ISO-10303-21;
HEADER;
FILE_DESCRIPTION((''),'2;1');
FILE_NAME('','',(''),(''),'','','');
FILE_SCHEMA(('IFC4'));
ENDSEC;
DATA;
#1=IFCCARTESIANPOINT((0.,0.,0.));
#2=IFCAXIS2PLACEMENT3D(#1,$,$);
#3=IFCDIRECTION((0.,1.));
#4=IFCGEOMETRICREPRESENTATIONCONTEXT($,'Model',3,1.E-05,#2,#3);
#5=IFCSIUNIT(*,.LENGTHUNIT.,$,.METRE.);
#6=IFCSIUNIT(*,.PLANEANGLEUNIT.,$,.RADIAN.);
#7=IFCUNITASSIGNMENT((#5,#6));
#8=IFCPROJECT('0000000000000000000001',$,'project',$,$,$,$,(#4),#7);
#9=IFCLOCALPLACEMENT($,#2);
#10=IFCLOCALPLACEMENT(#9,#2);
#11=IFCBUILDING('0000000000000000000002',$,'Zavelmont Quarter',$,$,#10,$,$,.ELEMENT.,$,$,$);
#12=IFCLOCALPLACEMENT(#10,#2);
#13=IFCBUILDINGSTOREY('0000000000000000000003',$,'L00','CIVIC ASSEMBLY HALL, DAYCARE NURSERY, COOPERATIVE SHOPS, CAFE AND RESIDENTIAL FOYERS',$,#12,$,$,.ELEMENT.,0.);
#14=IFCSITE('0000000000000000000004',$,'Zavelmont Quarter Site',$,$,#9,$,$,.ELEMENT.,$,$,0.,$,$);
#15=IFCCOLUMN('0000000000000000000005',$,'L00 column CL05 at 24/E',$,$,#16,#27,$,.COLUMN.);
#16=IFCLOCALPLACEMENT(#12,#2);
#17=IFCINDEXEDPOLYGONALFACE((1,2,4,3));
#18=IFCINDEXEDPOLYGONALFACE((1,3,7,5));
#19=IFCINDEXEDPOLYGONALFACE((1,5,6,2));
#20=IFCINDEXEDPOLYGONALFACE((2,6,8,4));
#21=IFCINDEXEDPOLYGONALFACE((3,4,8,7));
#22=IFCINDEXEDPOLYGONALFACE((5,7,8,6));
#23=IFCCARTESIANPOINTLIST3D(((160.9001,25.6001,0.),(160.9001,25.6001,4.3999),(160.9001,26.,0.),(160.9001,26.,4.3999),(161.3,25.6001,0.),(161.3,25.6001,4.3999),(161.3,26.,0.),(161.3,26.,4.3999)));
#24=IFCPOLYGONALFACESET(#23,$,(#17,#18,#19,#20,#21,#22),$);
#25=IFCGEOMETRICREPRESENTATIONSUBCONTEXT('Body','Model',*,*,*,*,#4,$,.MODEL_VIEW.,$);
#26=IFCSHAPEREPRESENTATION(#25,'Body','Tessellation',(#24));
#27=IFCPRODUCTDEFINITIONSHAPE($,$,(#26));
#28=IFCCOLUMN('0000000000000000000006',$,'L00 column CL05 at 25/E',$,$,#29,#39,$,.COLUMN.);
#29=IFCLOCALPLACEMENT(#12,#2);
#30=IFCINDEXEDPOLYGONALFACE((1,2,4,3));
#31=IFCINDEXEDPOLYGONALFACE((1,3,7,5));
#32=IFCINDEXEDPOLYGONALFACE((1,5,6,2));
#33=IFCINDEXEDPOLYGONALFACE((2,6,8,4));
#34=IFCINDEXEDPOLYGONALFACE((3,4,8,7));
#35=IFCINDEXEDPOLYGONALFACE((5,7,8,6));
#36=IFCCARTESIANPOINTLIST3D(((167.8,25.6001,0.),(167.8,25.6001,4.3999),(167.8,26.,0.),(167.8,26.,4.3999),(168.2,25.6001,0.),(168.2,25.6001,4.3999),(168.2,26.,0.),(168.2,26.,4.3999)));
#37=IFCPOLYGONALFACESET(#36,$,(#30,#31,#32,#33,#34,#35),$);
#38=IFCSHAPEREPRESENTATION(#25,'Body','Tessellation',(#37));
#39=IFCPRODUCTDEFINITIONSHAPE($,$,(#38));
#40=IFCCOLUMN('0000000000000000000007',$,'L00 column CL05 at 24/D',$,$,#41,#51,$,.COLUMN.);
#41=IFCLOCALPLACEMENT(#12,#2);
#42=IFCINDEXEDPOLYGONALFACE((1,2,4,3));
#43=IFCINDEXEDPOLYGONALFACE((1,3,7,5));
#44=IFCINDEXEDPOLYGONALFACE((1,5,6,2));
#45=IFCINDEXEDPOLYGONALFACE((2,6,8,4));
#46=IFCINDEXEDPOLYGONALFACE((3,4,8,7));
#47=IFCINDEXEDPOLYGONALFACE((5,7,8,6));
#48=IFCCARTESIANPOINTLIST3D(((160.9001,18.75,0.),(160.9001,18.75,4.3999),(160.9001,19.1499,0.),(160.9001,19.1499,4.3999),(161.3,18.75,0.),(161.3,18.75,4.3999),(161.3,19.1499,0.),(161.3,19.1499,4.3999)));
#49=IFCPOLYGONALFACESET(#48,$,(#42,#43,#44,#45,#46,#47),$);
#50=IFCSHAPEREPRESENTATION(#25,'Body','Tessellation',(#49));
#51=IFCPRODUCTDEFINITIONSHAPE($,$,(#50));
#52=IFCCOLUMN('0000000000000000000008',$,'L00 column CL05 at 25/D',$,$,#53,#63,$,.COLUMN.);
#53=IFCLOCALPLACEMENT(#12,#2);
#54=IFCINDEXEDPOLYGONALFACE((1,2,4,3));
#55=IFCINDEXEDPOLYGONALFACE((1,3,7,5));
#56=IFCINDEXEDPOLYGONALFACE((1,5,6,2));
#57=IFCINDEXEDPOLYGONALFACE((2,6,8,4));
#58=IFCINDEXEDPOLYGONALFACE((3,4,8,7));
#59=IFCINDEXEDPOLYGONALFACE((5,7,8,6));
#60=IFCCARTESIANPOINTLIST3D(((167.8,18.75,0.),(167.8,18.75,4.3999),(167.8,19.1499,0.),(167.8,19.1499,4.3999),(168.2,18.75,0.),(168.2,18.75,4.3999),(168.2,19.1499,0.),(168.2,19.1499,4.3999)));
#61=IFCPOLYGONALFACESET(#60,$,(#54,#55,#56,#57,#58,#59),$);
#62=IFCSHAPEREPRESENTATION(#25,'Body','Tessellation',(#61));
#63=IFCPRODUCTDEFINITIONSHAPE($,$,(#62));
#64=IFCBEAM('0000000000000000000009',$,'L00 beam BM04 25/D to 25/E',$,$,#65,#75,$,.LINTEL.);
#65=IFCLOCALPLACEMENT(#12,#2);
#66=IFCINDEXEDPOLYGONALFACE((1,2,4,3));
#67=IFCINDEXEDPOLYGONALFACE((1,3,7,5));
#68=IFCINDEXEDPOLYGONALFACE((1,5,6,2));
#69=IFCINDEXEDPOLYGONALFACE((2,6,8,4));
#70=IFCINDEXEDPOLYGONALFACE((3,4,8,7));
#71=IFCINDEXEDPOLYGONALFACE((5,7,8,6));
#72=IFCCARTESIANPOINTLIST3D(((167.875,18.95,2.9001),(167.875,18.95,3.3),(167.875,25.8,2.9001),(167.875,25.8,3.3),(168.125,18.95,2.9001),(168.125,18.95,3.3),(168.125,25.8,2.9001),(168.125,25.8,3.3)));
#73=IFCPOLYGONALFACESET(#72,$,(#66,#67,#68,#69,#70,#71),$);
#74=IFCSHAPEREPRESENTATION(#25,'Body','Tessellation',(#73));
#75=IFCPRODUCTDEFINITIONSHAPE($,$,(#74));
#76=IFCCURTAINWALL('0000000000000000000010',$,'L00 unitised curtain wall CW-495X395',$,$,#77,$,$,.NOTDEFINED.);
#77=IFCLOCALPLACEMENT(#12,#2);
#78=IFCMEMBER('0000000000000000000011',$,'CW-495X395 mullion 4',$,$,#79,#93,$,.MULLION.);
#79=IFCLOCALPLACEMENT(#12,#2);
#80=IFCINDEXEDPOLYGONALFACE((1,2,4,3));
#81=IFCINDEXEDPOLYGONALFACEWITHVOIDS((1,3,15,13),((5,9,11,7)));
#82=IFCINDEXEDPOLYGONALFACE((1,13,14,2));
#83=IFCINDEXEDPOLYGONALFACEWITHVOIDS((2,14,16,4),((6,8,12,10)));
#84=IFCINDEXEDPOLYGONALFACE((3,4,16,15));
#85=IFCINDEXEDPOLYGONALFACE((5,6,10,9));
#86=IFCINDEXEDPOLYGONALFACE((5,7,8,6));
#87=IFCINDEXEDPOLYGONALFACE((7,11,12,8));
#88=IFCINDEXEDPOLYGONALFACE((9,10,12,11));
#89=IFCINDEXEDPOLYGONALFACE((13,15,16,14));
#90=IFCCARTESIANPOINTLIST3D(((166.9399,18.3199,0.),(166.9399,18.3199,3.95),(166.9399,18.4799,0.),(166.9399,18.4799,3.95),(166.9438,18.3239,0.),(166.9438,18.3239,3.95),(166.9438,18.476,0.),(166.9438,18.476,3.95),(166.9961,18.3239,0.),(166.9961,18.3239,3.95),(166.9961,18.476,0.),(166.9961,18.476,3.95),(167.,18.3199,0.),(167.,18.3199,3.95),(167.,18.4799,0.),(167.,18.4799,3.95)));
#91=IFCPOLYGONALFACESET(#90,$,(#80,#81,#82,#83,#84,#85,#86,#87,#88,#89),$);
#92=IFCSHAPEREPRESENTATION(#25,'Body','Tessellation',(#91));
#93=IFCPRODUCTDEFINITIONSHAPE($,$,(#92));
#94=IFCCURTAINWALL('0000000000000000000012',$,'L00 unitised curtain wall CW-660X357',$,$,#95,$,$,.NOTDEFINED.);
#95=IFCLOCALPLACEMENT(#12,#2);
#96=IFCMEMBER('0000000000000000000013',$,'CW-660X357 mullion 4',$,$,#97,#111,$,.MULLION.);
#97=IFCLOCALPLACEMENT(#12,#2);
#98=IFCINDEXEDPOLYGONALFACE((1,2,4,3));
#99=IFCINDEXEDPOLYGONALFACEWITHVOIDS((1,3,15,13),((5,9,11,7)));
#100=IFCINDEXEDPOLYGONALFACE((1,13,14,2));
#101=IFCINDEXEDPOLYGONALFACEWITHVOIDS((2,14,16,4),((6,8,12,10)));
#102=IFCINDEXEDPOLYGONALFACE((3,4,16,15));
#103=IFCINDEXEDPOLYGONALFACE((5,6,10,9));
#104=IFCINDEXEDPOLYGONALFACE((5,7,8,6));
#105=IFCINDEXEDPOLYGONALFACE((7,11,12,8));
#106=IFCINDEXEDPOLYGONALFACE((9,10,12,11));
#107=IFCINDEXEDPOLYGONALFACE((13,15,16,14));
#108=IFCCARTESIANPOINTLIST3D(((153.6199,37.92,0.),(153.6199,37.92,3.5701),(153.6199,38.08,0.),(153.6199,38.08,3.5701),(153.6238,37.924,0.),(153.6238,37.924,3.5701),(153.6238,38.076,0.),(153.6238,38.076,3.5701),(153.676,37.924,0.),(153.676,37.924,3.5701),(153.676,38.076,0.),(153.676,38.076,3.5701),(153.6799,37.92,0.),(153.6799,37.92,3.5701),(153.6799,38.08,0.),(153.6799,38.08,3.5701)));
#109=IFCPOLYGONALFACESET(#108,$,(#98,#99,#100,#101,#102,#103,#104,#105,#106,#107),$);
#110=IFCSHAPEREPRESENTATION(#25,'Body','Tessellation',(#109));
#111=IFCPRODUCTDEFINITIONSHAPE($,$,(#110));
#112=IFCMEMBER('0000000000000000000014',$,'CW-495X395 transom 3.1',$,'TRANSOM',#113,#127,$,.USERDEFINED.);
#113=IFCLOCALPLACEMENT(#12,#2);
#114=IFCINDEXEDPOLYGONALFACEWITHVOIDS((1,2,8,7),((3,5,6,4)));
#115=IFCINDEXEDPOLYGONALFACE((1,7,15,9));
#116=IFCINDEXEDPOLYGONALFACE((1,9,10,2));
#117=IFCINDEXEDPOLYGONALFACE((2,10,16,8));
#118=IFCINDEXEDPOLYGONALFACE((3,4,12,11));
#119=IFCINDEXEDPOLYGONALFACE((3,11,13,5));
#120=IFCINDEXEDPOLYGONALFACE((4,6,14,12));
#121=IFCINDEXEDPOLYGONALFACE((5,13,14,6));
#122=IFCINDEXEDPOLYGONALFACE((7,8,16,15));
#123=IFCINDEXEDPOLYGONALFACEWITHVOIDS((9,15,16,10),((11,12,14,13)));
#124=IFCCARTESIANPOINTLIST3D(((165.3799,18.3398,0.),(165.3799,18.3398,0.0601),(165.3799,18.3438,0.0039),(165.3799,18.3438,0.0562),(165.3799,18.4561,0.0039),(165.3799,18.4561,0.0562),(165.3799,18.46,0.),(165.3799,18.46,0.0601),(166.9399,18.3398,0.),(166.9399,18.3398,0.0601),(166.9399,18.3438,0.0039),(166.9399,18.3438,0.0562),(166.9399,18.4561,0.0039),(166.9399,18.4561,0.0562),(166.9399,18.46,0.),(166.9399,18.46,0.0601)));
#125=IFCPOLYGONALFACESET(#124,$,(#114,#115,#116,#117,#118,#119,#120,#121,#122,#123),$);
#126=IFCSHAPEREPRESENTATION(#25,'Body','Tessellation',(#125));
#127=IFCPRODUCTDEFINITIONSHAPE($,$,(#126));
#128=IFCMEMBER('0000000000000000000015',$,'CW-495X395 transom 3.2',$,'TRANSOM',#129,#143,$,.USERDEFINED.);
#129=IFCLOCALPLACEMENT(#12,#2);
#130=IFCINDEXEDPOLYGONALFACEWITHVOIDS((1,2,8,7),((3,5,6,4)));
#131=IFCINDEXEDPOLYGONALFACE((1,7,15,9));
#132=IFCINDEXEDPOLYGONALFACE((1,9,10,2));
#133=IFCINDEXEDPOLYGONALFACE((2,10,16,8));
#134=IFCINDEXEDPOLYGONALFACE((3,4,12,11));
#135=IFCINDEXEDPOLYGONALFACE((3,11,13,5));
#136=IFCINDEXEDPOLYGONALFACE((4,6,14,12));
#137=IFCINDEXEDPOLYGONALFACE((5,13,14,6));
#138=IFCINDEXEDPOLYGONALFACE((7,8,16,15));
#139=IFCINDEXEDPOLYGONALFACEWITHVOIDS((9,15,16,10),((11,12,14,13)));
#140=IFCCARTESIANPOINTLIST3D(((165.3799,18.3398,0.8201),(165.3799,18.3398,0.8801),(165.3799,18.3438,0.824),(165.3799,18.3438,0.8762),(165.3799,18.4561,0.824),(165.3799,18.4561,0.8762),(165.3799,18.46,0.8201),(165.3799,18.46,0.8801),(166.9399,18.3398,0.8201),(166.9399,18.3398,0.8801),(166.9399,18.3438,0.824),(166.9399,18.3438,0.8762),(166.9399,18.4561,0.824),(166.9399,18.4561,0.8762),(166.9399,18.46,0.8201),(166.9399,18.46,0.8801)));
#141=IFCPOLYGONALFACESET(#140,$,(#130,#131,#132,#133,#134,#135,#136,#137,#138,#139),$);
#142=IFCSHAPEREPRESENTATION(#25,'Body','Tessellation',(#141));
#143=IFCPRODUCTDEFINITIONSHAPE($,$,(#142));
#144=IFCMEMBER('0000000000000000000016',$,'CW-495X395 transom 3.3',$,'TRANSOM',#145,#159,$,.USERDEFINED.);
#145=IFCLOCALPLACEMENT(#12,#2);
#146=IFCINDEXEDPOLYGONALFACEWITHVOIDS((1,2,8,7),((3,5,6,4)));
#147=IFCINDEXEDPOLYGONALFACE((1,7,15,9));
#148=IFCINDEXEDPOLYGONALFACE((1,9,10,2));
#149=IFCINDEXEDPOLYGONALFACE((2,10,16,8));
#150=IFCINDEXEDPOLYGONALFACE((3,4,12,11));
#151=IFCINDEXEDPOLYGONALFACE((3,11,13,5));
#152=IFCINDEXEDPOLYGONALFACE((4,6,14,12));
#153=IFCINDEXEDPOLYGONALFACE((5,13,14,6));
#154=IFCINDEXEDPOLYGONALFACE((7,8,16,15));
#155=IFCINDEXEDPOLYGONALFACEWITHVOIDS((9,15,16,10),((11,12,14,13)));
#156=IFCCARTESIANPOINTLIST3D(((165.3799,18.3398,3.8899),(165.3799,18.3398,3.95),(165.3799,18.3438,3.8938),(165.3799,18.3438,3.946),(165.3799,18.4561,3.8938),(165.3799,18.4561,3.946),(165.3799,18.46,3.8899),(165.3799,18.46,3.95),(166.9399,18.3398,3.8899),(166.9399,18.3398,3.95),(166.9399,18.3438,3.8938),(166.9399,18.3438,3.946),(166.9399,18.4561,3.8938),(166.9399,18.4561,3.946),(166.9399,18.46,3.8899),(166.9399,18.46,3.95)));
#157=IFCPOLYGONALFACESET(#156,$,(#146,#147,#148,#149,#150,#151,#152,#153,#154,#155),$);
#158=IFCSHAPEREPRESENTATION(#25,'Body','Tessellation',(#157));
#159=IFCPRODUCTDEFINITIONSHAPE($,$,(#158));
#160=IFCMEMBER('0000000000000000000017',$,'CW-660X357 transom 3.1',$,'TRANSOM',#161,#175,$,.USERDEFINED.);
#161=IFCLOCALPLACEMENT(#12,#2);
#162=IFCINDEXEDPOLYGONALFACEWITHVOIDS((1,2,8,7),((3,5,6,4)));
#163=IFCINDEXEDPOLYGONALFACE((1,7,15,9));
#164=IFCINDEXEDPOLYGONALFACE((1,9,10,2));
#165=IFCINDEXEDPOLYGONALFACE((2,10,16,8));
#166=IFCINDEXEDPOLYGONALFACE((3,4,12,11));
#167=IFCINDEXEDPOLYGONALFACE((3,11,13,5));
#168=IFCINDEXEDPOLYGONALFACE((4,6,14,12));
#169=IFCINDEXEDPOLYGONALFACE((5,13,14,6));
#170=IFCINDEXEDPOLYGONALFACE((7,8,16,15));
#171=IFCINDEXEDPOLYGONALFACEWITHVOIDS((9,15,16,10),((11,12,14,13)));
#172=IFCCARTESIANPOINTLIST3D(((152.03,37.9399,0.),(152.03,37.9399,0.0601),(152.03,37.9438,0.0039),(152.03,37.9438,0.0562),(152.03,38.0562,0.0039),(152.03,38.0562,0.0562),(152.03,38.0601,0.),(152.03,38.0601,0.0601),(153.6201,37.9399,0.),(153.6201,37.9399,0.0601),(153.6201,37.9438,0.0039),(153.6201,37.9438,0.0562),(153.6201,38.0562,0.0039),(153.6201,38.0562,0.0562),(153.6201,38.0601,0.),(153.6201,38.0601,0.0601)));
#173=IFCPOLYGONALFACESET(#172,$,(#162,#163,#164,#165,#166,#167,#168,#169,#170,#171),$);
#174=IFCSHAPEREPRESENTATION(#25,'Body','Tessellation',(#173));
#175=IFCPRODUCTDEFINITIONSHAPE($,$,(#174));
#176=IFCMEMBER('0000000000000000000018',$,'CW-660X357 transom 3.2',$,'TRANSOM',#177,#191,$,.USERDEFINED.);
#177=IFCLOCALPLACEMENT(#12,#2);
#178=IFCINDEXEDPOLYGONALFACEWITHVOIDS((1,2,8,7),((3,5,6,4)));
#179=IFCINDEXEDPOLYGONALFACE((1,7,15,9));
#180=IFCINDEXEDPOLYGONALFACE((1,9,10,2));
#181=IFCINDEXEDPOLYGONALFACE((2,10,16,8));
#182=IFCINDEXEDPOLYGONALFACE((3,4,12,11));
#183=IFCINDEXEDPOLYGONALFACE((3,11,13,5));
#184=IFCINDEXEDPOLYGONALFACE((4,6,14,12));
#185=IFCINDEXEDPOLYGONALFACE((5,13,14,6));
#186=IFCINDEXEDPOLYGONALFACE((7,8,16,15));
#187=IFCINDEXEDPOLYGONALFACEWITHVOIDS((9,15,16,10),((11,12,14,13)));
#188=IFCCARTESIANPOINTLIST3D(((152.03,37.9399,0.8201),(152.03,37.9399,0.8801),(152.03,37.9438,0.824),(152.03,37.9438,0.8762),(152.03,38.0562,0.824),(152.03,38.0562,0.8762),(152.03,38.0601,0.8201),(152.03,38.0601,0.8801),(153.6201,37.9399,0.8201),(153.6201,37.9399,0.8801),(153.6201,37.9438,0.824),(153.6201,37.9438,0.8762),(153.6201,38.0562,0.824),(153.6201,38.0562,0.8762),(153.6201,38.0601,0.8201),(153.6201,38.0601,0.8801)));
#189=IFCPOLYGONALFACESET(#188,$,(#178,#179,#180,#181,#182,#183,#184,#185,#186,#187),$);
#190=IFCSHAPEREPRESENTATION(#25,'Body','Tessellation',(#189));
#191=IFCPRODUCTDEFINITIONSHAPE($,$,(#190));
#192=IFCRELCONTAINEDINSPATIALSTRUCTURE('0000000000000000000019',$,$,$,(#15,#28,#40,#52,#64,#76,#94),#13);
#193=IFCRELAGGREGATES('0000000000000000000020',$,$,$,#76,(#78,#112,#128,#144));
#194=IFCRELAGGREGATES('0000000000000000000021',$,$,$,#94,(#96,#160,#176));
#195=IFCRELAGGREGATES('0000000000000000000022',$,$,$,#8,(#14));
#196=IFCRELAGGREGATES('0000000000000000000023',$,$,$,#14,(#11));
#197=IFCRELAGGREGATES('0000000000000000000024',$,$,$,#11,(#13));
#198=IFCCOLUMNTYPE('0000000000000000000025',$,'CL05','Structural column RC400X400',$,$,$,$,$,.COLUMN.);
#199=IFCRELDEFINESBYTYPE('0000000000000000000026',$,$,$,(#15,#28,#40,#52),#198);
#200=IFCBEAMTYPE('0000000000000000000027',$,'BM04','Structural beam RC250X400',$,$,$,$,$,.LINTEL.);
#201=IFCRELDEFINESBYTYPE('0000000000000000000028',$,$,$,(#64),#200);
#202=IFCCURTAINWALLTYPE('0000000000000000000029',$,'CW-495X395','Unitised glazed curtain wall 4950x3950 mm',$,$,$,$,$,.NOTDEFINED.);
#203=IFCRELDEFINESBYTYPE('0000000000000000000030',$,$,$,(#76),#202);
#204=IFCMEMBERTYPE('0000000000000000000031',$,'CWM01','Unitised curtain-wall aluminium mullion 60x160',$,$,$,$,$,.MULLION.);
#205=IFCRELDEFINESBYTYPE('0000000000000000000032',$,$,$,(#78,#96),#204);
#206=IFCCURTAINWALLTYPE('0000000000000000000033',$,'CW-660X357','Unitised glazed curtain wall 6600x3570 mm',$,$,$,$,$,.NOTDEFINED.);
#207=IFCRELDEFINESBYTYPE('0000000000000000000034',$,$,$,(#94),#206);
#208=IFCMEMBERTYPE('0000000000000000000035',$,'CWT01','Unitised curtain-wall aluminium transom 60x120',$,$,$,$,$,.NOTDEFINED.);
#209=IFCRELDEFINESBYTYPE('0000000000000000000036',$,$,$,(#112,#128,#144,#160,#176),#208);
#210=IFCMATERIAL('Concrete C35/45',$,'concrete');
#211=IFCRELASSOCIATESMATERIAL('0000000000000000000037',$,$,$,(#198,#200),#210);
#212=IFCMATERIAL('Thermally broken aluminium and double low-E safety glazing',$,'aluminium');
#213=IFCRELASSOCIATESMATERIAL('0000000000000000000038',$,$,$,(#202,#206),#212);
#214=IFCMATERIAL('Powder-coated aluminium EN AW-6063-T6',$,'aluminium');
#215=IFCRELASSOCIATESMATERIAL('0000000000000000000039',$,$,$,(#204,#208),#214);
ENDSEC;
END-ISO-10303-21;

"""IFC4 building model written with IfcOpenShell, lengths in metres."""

from ifc_helpers import new_model, si_unit, direction, frame, origin, origin_2d, place, context, subcontext, project, spatial, rectangle, hollow_rectangle, extrude, material, material_profile, profile_set, type_object, element, aggregate, save


model = new_model("IFC4")

# Units and contexts
model_context = context("Model", 3, precision=1e-05, world=origin(), true_north=direction((0.0, 1.0)))
body_context = subcontext(model_context, "Body", "Model", "MODEL_VIEW")
ifc_project = project(units=[si_unit("LENGTHUNIT", "METRE"), si_unit("PLANEANGLEUNIT", "RADIAN")], contexts=[model_context])

# Site, building, storey
site_placement = place(None, origin())
site = spatial("IfcSite", under=ifc_project, at=site_placement, Name="Zavelmont Quarter Site", CompositionType="ELEMENT", RefElevation=0.0)
building_placement = place(site_placement, origin())
building = spatial("IfcBuilding", under=site, at=building_placement, Name="Zavelmont Quarter", CompositionType="ELEMENT")
storey_placement = place(building_placement, origin())
storey = spatial("IfcBuildingStorey", under=building, at=storey_placement, Name="L00", Description="CIVIC ASSEMBLY HALL, DAYCARE NURSERY, COOPERATIVE SHOPS, CAFE AND RESIDENTIAL FOYERS", CompositionType="ELEMENT", Elevation=0.0)

# Columns
ifc_material_1 = material(Name="Concrete C35/45", Category="concrete")
ifc_material_profile_1 = material_profile(ifc_material_1, rectangle(XDim=0.3999, YDim=0.3999, at=origin_2d()), Name="RC400X400")
ifc_profile_set_1 = profile_set([ifc_material_profile_1], Name="Concrete C35/45")
column_type = type_object("IfcColumnType", Name="CL05", Description="Structural column RC400X400", PredefinedType="COLUMN", material=ifc_profile_set_1)
for number, where, z_axis, x_axis, name in (
    (1, (161.1001, 25.8, 0.0), (0.0, 0.0, 1.0), (1.0, 0.0, 0.0), "L00 column CL05 at 24/E"),
    (2, (168.0, 25.8, 0.0), (0.0, 0.0, 1.0), (1.0, 0.0, 0.0), "L00 column CL05 at 25/E"),
    (3, (161.1001, 18.95, 0.0), (0.0, 0.0, 1.0), (1.0, 0.0, 0.0), "L00 column CL05 at 24/D"),
    (4, (168.0, 18.95, 0.0), (0.0, 0.0, 1.0), (1.0, 0.0, 0.0), "L00 column CL05 at 25/D"),
):
    element("IfcColumn", number, at=place(storey_placement, frame(where, z_axis=z_axis, x_axis=x_axis)), inside=storey, type_object=column_type, Name=name, PredefinedType="COLUMN", context=body_context, shape_type="SweptSolid", body=[
        extrude(rectangle(XDim=0.3999, YDim=0.3999, at=origin_2d()), origin(), (0.0, 0.0, 1.0), 4.3999),
    ])

# Beam
ifc_material_profile_2 = material_profile(ifc_material_1, rectangle(XDim=0.25, YDim=0.3999, at=origin_2d()), Name="RC250X400")
ifc_profile_set_2 = profile_set([ifc_material_profile_2], Name="Concrete C35/45")
beam_type = type_object("IfcBeamType", Name="BM04", Description="Structural beam RC250X400", PredefinedType="LINTEL", material=ifc_profile_set_2)
beam_placement = place(storey_placement, frame((168.0, 18.95, 3.1001), z_axis=(0.0, 1.0, 0.0), x_axis=(-1.0, 0.0, 0.0)))
element("IfcBeam", 5, at=beam_placement, inside=storey, type_object=beam_type, Name="L00 beam BM04 25/D to 25/E", PredefinedType="LINTEL", context=body_context, shape_type="SweptSolid", body=[
    extrude(rectangle(XDim=0.25, YDim=0.3999, at=origin_2d()), origin(), (0.0, 0.0, 1.0), 6.8501),
])

# Curtain walls, members
ifc_material_2 = material(Name="Thermally broken aluminium and double low-E safety glazing", Category="aluminium")
curtain_wall_type_1 = type_object("IfcCurtainWallType", Name="CW-495X395", Description="Unitised glazed curtain wall 4950x3950 mm", PredefinedType="NOTDEFINED", material=ifc_material_2)
curtain_wall_1_placement = place(storey_placement, origin())
curtain_wall_1 = element("IfcCurtainWall", 6, at=curtain_wall_1_placement, inside=storey, type_object=curtain_wall_type_1, Name="L00 unitised curtain wall CW-495X395", PredefinedType="NOTDEFINED")
ifc_material_3 = material(Name="Powder-coated aluminium EN AW-6063-T6", Category="aluminium")
ifc_material_profile_3 = material_profile(ifc_material_3, hollow_rectangle(XDim=0.0601, YDim=0.1599, WallThickness=0.0039, at=origin_2d()), Name="CWM60X160")
ifc_profile_set_3 = profile_set([ifc_material_profile_3], Name="Powder-coated aluminium EN AW-6063-T6")
member_type_1 = type_object("IfcMemberType", Name="CWM01", Description="Unitised curtain-wall aluminium mullion 60x160", PredefinedType="MULLION", material=ifc_profile_set_3)
member_1_placement = place(storey_placement, frame((166.97, 18.3999, 0.0), z_axis=(0.0, 0.0, 1.0), x_axis=(1.0, 0.0, 0.0)))
member_1 = element("IfcMember", 7, at=member_1_placement, type_object=member_type_1, Name="CW-495X395 mullion 4", PredefinedType="MULLION", context=body_context, shape_type="SweptSolid", body=[
    extrude(hollow_rectangle(XDim=0.0601, YDim=0.1599, WallThickness=0.0039, at=origin_2d()), origin(), (0.0, 0.0, 1.0), 3.95),
])
curtain_wall_type_2 = type_object("IfcCurtainWallType", Name="CW-660X357", Description="Unitised glazed curtain wall 6600x3570 mm", PredefinedType="NOTDEFINED", material=ifc_material_2)
curtain_wall_2_placement = place(storey_placement, origin())
curtain_wall_2 = element("IfcCurtainWall", 8, at=curtain_wall_2_placement, inside=storey, type_object=curtain_wall_type_2, Name="L00 unitised curtain wall CW-660X357", PredefinedType="NOTDEFINED")
member_2_placement = place(storey_placement, frame((153.6499, 38.0, 0.0), z_axis=(0.0, 0.0, 1.0), x_axis=(1.0, 0.0, 0.0)))
member_2 = element("IfcMember", 9, at=member_2_placement, type_object=member_type_1, Name="CW-660X357 mullion 4", PredefinedType="MULLION", context=body_context, shape_type="SweptSolid", body=[
    extrude(hollow_rectangle(XDim=0.0601, YDim=0.1599, WallThickness=0.0039, at=origin_2d()), origin(), (0.0, 0.0, 1.0), 3.5701),
])

# Members
ifc_material_profile_4 = material_profile(ifc_material_3, hollow_rectangle(XDim=0.1201, YDim=0.0601, WallThickness=0.0039, at=origin_2d()), Name="CWT60X120")
ifc_profile_set_4 = profile_set([ifc_material_profile_4], Name="Powder-coated aluminium EN AW-6063-T6")
member_type_2 = type_object("IfcMemberType", Name="CWT01", Description="Unitised curtain-wall aluminium transom 60x120", PredefinedType="NOTDEFINED", material=ifc_profile_set_4)
member_3_placement = place(storey_placement, frame((165.3799, 18.3999, 0.03), z_axis=(1.0, 0.0, 0.0), x_axis=(0.0, 1.0, 0.0)))
member_3 = element("IfcMember", 10, at=member_3_placement, type_object=member_type_2, Name="CW-495X395 transom 3.1", ObjectType="TRANSOM", PredefinedType="USERDEFINED", context=body_context, shape_type="SweptSolid", body=[
    extrude(hollow_rectangle(XDim=0.1201, YDim=0.0601, WallThickness=0.0039, at=origin_2d()), origin(), (0.0, 0.0, 1.0), 1.5601),
])
member_4_placement = place(storey_placement, frame((165.3799, 18.3999, 0.8501), z_axis=(1.0, 0.0, 0.0), x_axis=(0.0, 1.0, 0.0)))
member_4 = element("IfcMember", 11, at=member_4_placement, type_object=member_type_2, Name="CW-495X395 transom 3.2", ObjectType="TRANSOM", PredefinedType="USERDEFINED", context=body_context, shape_type="SweptSolid", body=[
    extrude(hollow_rectangle(XDim=0.1201, YDim=0.0601, WallThickness=0.0039, at=origin_2d()), origin(), (0.0, 0.0, 1.0), 1.5601),
])
member_5_placement = place(storey_placement, frame((165.3799, 18.3999, 3.9199), z_axis=(1.0, 0.0, 0.0), x_axis=(0.0, 1.0, 0.0)))
member_5 = element("IfcMember", 12, at=member_5_placement, type_object=member_type_2, Name="CW-495X395 transom 3.3", ObjectType="TRANSOM", PredefinedType="USERDEFINED", context=body_context, shape_type="SweptSolid", body=[
    extrude(hollow_rectangle(XDim=0.1201, YDim=0.0601, WallThickness=0.0039, at=origin_2d()), origin(), (0.0, 0.0, 1.0), 1.5601),
])
member_6_placement = place(storey_placement, frame((152.03, 38.0, 0.03), z_axis=(1.0, 0.0, 0.0), x_axis=(0.0, 1.0, 0.0)))
member_6 = element("IfcMember", 13, at=member_6_placement, type_object=member_type_2, Name="CW-660X357 transom 3.1", ObjectType="TRANSOM", PredefinedType="USERDEFINED", context=body_context, shape_type="SweptSolid", body=[
    extrude(hollow_rectangle(XDim=0.1201, YDim=0.0601, WallThickness=0.0039, at=origin_2d()), origin(), (0.0, 0.0, 1.0), 1.5901),
])
member_7_placement = place(storey_placement, frame((152.03, 38.0, 0.8501), z_axis=(1.0, 0.0, 0.0), x_axis=(0.0, 1.0, 0.0)))
member_7 = element("IfcMember", 14, at=member_7_placement, type_object=member_type_2, Name="CW-660X357 transom 3.2", ObjectType="TRANSOM", PredefinedType="USERDEFINED", context=body_context, shape_type="SweptSolid", body=[
    extrude(hollow_rectangle(XDim=0.1201, YDim=0.0601, WallThickness=0.0039, at=origin_2d()), origin(), (0.0, 0.0, 1.0), 1.5901),
])

aggregate(curtain_wall_1, [member_1, member_3, member_4, member_5])
aggregate(curtain_wall_2, [member_2, member_6, member_7])

save(model, "model.ifc")
